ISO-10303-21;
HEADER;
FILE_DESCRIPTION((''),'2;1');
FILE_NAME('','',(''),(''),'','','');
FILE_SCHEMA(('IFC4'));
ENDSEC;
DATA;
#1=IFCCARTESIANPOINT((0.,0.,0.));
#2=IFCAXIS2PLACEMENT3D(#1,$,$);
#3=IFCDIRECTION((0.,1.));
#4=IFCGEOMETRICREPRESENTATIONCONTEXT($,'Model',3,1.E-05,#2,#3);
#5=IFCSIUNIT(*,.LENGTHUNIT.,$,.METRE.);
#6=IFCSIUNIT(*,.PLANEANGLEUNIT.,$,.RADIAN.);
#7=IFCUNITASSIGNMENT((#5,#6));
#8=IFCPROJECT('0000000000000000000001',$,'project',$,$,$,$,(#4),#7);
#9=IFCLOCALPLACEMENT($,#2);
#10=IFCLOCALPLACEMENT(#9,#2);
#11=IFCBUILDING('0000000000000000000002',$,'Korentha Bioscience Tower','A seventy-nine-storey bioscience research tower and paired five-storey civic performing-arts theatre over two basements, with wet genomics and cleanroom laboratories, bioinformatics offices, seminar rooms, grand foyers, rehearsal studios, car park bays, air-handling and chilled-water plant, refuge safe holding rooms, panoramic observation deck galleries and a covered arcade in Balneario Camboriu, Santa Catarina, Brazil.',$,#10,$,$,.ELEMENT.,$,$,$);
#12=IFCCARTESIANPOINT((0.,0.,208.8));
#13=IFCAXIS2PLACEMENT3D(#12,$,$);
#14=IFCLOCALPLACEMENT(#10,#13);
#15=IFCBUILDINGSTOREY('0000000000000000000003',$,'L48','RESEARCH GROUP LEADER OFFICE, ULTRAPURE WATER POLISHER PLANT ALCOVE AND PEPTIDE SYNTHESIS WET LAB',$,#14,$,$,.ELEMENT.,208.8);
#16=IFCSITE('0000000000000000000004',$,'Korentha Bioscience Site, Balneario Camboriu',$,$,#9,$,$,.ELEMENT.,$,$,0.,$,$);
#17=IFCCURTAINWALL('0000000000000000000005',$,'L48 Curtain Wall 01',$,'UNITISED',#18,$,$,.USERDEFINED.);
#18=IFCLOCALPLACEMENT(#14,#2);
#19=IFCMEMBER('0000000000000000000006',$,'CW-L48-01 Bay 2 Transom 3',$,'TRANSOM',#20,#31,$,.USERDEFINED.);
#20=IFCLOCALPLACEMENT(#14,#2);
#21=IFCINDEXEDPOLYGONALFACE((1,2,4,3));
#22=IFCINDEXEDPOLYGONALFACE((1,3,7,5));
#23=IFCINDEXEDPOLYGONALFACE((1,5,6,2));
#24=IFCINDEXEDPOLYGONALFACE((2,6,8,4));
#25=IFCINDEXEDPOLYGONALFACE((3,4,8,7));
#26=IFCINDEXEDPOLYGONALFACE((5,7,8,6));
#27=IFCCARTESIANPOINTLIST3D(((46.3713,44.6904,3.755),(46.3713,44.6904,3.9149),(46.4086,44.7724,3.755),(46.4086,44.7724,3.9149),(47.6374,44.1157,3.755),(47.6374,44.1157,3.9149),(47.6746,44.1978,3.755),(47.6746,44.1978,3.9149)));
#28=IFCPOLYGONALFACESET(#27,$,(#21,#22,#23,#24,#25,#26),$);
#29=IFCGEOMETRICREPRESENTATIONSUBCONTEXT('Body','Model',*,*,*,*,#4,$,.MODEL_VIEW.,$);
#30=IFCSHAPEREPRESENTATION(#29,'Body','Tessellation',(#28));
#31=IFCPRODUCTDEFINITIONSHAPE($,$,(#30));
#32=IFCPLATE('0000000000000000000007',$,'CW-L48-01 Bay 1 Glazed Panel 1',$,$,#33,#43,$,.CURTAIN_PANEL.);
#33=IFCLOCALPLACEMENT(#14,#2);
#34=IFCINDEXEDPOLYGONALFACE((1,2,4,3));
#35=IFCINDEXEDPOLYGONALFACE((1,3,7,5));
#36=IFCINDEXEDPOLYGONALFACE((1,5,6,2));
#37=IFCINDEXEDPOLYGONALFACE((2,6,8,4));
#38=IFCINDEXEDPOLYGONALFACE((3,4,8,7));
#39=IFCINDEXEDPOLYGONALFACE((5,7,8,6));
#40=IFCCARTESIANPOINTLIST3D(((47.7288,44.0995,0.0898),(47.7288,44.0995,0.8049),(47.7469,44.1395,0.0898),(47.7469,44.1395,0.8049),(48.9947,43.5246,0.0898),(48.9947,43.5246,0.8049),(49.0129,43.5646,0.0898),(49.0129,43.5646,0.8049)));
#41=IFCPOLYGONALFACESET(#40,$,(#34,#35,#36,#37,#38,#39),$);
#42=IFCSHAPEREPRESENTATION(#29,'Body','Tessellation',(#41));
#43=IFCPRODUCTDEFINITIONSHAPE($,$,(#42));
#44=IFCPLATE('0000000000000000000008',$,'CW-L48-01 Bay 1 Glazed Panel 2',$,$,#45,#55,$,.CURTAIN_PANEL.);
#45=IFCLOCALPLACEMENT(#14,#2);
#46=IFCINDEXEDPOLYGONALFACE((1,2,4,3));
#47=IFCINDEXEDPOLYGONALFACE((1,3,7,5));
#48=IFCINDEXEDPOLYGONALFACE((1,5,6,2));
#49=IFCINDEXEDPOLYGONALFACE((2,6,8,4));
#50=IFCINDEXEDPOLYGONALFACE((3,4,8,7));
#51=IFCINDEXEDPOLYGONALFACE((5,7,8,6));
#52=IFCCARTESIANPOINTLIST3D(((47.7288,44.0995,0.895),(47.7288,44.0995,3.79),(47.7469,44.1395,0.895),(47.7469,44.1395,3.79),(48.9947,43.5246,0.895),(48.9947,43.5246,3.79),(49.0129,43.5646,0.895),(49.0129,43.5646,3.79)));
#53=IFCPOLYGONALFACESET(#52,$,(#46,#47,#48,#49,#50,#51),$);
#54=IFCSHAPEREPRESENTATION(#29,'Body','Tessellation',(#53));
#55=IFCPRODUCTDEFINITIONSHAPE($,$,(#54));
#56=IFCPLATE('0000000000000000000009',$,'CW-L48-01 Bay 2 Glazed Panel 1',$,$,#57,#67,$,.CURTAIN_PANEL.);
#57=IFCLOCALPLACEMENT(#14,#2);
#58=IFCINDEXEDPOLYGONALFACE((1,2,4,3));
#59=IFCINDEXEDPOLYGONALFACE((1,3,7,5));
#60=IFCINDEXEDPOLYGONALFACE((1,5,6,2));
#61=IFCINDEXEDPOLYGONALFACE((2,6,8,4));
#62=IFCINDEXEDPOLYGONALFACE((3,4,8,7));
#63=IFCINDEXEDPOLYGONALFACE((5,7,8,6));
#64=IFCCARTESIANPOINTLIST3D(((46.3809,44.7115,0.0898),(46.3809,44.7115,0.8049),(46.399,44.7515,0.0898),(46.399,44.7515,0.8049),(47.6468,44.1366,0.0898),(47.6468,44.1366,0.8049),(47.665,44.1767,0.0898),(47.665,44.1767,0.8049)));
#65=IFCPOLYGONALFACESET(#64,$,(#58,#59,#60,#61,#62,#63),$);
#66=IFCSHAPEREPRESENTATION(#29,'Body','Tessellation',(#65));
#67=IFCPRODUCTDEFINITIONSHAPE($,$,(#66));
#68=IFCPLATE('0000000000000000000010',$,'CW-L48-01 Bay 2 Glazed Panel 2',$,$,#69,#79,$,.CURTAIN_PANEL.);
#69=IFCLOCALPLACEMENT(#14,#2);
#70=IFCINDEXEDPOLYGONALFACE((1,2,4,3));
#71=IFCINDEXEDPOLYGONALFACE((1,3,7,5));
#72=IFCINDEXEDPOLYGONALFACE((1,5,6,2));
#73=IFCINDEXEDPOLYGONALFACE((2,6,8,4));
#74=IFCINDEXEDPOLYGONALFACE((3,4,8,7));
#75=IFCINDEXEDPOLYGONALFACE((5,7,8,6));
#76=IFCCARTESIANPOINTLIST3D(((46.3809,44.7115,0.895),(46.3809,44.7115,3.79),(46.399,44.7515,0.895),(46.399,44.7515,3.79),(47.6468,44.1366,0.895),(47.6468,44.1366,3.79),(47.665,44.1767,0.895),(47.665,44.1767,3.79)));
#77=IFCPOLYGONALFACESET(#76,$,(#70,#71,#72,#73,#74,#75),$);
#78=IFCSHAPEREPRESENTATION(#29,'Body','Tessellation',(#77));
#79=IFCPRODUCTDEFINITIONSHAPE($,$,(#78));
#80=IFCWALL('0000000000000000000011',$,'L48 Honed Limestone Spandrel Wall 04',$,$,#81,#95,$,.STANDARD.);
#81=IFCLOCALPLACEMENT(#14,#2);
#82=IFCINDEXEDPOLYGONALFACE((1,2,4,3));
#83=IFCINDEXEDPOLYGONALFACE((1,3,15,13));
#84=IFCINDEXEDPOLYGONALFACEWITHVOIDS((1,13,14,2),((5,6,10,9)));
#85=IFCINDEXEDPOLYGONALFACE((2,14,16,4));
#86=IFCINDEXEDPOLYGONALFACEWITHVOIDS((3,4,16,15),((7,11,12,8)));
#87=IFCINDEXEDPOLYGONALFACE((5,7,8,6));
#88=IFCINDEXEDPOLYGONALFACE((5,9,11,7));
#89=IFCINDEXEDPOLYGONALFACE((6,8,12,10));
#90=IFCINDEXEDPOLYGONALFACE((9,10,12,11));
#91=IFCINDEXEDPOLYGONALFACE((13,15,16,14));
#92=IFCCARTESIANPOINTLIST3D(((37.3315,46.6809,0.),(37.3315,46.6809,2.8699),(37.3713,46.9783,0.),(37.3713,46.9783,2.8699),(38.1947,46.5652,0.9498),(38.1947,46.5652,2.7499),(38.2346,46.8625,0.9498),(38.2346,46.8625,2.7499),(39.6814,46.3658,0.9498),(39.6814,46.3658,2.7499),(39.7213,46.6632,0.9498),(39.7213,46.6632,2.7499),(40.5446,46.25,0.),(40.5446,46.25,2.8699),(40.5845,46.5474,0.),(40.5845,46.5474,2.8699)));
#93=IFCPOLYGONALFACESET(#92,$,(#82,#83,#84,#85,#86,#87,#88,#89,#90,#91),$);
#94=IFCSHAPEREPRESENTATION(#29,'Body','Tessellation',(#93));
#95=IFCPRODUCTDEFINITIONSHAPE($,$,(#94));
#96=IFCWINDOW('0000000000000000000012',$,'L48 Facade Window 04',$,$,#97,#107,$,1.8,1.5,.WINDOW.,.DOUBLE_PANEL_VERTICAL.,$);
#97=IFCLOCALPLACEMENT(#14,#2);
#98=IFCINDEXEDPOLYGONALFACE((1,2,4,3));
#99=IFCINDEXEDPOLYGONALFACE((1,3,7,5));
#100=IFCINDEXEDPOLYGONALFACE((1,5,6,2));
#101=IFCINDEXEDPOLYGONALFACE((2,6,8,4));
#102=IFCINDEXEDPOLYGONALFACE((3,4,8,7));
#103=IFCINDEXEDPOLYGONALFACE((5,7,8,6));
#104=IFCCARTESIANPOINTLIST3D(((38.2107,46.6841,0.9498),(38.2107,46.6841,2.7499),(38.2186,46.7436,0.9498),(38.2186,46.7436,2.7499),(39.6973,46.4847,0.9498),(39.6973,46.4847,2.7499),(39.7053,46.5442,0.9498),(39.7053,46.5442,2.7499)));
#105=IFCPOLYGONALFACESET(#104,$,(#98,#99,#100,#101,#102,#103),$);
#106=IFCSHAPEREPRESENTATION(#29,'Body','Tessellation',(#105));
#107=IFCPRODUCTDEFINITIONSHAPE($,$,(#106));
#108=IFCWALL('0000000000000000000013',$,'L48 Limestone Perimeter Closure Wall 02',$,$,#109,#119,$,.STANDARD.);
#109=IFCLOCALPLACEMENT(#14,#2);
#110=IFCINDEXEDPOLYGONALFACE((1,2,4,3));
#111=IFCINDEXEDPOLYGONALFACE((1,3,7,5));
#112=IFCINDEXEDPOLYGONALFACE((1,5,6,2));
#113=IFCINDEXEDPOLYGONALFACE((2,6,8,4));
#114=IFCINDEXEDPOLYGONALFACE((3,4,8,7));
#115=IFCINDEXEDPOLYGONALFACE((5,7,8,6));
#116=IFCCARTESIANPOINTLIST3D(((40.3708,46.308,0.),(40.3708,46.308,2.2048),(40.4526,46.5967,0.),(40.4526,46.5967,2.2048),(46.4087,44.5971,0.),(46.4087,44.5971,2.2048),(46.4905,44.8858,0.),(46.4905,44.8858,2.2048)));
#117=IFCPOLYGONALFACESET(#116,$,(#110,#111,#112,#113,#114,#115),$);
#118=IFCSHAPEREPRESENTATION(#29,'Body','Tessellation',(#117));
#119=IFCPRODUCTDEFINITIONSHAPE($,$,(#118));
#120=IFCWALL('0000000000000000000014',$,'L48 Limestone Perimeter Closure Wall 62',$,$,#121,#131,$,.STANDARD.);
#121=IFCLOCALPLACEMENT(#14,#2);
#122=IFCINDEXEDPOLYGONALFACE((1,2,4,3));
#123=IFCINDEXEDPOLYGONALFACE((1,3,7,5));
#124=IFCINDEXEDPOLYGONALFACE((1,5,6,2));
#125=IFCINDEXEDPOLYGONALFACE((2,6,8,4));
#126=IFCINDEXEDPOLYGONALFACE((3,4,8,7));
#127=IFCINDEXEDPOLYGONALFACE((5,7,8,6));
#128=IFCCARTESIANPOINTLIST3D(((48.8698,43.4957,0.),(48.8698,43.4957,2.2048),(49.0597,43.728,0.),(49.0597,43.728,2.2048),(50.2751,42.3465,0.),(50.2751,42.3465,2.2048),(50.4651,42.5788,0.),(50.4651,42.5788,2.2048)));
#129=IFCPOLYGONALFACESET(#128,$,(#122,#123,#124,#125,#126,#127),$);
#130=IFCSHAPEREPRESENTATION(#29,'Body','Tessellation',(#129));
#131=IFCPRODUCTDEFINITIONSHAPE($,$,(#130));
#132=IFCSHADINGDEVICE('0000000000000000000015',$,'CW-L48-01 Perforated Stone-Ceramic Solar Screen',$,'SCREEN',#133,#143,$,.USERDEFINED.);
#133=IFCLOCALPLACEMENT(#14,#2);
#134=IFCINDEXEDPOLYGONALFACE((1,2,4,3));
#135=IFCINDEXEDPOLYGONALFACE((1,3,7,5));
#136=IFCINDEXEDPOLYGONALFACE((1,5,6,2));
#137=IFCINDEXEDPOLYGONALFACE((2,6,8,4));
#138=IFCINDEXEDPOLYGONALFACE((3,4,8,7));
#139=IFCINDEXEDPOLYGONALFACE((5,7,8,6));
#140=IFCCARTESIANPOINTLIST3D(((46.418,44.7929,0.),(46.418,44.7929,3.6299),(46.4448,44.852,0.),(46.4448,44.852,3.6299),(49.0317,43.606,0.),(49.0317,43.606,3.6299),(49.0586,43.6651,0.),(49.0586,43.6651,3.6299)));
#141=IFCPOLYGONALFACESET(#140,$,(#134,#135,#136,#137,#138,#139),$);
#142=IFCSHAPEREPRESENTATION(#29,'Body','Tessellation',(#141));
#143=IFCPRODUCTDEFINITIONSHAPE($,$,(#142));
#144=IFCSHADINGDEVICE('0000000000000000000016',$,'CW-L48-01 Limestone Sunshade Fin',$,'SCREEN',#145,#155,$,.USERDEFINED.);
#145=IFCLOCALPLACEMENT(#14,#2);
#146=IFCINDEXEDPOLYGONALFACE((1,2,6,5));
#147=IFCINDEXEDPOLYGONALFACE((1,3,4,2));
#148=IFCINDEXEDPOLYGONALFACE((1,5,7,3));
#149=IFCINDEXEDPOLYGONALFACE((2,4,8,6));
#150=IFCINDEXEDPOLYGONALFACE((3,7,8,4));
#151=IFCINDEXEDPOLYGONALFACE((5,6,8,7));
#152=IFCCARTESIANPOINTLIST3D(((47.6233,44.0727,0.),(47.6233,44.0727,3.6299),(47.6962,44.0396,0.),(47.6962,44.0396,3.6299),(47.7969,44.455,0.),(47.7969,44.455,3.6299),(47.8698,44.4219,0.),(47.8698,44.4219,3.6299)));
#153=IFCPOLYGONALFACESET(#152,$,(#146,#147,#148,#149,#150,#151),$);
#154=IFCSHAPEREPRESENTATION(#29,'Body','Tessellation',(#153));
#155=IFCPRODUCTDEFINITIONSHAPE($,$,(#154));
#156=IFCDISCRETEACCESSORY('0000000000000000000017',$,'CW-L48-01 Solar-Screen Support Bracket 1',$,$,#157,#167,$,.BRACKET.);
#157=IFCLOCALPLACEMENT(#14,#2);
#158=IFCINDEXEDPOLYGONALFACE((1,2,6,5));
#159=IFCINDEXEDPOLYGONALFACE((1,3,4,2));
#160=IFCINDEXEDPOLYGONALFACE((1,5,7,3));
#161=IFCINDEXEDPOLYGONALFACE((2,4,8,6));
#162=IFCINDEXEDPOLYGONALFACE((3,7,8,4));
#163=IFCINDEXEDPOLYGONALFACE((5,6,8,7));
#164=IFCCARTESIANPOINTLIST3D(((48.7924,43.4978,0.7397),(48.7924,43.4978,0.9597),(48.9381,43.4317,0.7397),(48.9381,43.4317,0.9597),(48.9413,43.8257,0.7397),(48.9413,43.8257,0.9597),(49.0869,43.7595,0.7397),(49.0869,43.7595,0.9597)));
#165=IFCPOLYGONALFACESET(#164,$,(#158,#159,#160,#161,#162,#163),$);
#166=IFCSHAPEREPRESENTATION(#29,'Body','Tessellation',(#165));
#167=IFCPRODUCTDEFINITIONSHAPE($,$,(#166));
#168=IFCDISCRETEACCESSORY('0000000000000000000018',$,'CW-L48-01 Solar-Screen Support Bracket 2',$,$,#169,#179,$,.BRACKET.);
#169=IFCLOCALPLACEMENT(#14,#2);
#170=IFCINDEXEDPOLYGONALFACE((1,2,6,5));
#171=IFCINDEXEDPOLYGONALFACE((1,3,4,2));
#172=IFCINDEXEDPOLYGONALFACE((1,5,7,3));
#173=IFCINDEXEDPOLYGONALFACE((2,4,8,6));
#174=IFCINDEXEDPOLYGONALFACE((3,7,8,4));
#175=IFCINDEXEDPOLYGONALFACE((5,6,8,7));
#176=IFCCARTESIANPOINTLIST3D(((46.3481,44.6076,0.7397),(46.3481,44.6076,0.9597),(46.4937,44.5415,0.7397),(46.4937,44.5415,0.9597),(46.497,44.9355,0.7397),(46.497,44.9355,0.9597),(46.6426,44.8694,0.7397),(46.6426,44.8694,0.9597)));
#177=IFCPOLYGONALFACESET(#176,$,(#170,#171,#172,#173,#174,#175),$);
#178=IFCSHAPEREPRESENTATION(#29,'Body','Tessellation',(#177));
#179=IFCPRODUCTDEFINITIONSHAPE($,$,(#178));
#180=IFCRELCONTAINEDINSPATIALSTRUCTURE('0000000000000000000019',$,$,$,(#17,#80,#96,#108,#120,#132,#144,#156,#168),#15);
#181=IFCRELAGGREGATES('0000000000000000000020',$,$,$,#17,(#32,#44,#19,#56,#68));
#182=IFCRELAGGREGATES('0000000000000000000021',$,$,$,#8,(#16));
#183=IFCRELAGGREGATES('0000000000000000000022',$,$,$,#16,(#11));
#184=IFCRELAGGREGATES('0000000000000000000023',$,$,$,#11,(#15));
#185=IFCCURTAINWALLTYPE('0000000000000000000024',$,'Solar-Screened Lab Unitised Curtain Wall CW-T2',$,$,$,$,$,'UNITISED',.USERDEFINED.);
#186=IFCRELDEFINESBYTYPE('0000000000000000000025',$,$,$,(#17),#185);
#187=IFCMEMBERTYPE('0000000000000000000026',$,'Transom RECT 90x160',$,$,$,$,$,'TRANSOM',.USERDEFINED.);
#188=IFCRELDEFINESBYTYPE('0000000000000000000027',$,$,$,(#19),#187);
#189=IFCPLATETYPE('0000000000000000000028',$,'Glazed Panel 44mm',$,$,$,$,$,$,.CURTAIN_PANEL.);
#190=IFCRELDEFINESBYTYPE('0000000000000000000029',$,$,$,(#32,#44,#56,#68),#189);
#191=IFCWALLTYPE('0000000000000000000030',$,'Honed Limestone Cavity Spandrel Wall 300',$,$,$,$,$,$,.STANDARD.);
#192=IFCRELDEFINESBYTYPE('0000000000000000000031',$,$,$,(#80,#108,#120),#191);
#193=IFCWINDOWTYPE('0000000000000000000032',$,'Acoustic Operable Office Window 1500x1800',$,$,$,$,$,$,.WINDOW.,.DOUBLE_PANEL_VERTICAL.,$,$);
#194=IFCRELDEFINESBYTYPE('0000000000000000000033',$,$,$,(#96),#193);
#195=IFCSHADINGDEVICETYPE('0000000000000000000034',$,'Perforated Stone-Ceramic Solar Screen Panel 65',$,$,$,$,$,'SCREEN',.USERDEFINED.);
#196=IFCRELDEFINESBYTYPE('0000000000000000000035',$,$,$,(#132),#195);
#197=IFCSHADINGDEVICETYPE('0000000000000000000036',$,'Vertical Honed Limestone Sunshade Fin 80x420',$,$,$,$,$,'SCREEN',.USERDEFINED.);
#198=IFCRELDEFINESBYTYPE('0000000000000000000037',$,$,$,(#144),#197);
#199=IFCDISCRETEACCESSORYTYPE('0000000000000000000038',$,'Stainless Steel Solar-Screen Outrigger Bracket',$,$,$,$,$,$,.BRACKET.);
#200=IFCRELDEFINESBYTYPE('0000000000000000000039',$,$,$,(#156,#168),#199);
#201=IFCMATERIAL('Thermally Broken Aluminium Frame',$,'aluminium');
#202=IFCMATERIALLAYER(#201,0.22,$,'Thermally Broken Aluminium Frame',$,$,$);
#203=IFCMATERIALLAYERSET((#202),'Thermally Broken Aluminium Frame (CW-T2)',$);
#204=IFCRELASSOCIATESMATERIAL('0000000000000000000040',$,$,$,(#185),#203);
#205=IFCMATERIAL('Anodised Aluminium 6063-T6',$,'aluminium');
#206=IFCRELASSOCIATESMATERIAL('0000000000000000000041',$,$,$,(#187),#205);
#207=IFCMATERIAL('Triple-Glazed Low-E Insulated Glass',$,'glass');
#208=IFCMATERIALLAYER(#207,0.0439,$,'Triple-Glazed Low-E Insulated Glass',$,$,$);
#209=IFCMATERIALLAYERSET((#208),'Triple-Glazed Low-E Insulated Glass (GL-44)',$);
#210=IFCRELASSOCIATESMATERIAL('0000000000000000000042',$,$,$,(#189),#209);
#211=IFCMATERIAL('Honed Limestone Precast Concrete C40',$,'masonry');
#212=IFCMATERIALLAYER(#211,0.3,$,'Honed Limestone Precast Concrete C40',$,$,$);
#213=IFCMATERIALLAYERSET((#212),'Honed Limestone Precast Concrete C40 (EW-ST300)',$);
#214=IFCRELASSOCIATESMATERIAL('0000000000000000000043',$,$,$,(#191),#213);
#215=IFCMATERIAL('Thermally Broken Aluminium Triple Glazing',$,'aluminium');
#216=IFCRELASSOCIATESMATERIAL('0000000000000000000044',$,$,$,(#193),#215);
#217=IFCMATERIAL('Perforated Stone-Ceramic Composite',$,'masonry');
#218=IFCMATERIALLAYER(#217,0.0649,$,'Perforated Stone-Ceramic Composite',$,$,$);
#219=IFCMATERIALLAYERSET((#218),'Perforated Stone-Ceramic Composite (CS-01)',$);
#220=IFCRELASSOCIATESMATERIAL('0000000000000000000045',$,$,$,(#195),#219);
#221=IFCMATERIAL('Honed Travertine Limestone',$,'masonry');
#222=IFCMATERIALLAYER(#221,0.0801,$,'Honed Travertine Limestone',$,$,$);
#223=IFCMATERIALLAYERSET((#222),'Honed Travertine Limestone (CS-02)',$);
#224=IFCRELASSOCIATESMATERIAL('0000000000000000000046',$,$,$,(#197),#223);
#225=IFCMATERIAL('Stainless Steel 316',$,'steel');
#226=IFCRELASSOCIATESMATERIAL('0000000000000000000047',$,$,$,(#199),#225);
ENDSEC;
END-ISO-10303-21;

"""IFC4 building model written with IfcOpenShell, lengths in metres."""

from ifc_helpers import new_model, si_unit, direction, frame, frame_2d, origin, origin_2d, place, context, subcontext, project, spatial, rectangle, extrude, material, layer, layer_set, material_profile, profile_set, type_object, element, fill, aggregate, save


model = new_model("IFC4")

# Units and contexts
model_context = context("Model", 3, precision=1e-05, world=origin(), true_north=direction((0.0, 1.0)))
body_context = subcontext(model_context, "Body", "Model", "MODEL_VIEW")
ifc_project = project(units=[si_unit("LENGTHUNIT", "METRE"), si_unit("PLANEANGLEUNIT", "RADIAN")], contexts=[model_context])

# Site, building, storey
site_placement = place(None, origin())
site = spatial("IfcSite", under=ifc_project, at=site_placement, Name="Korentha Bioscience Site, Balneario Camboriu", CompositionType="ELEMENT", RefElevation=0.0)
building_placement = place(site_placement, origin())
building = spatial("IfcBuilding", under=site, at=building_placement, Name="Korentha Bioscience Tower", Description="A seventy-nine-storey bioscience research tower and paired five-storey civic performing-arts theatre over two basements, with wet genomics and cleanroom laboratories, bioinformatics offices, seminar rooms, grand foyers, rehearsal studios, car park bays, air-handling and chilled-water plant, refuge safe holding rooms, panoramic observation deck galleries and a covered arcade in Balneario Camboriu, Santa Catarina, Brazil.", CompositionType="ELEMENT")
storey_placement = place(building_placement, frame((0.0, 0.0, 208.8)))
storey = spatial("IfcBuildingStorey", under=building, at=storey_placement, Name="L48", Description="RESEARCH GROUP LEADER OFFICE, ULTRAPURE WATER POLISHER PLANT ALCOVE AND PEPTIDE SYNTHESIS WET LAB", CompositionType="ELEMENT", Elevation=208.8)

# Curtain wall
ifc_material_1 = material(Name="Thermally Broken Aluminium Frame", Category="aluminium")
ifc_layer_1 = layer(ifc_material_1, 0.22, Name="Thermally Broken Aluminium Frame")
ifc_layer_set_1 = layer_set([ifc_layer_1], Name="Thermally Broken Aluminium Frame (CW-T2)")
curtain_wall_type = type_object("IfcCurtainWallType", Name="Solar-Screened Lab Unitised Curtain Wall CW-T2", ElementType="UNITISED", PredefinedType="USERDEFINED", material=ifc_layer_set_1)
curtain_wall_1_placement = place(storey_placement, origin())
curtain_wall_1 = element("IfcCurtainWall", 1, at=curtain_wall_1_placement, inside=storey, type_object=curtain_wall_type, Name="L48 Curtain Wall 01", ObjectType="UNITISED", PredefinedType="USERDEFINED")
ifc_material_2 = material(Name="Anodised Aluminium 6063-T6", Category="aluminium")

# Member
ifc_material_profile_1 = material_profile(ifc_material_2, rectangle(XDim=0.0901, YDim=0.1599, at=origin_2d()), Name="Anodised Aluminium 6063-T6")
ifc_profile_set_1 = profile_set([ifc_material_profile_1], Name="Anodised Aluminium 6063-T6 (CW-TRN)")
member_type_1 = type_object("IfcMemberType", Name="Transom RECT 90x160", ElementType="TRANSOM", PredefinedType="USERDEFINED", material=ifc_profile_set_1)
member_1_placement = place(storey_placement, frame((47.656, 44.1567, 3.835), z_axis=(-0.910583, 0.413327, 0.0), x_axis=(-0.413327, -0.910583, 0.0)))
member_1 = element("IfcMember", 2, at=member_1_placement, type_object=member_type_1, Name="CW-L48-01 Bay 2 Transom 3", ObjectType="TRANSOM", PredefinedType="USERDEFINED", context=body_context, shape_type="SweptSolid", body=[
    extrude(rectangle(XDim=0.0901, YDim=0.1599, at=origin_2d()), origin(), (0.0, 0.0, 1.0), 1.3904),
])

# Plates
ifc_material_3 = material(Name="Triple-Glazed Low-E Insulated Glass", Category="glass")
ifc_layer_2 = layer(ifc_material_3, 0.0439, Name="Triple-Glazed Low-E Insulated Glass")
ifc_layer_set_2 = layer_set([ifc_layer_2], Name="Triple-Glazed Low-E Insulated Glass (GL-44)")
plate_type = type_object("IfcPlateType", Name="Glazed Panel 44mm", PredefinedType="CURTAIN_PANEL", material=ifc_layer_set_2)
plate_1_placement = place(storey_placement, frame((48.3708, 43.832, 0.0898), z_axis=(0.0, 0.0, 1.0), x_axis=(-0.91052, 0.413465, 0.0)))
plate_1 = element("IfcPlate", 3, at=plate_1_placement, type_object=plate_type, Name="CW-L48-01 Bay 1 Glazed Panel 1", PredefinedType="CURTAIN_PANEL", context=body_context, shape_type="SweptSolid", body=[
    extrude(rectangle(XDim=1.3904, YDim=0.0439, at=origin_2d()), origin(), (0.0, 0.0, 1.0), 0.7151),
])
plate_2_placement = place(storey_placement, frame((48.3708, 43.832, 0.895), z_axis=(0.0, 0.0, 1.0), x_axis=(-0.91052, 0.413465, 0.0)))
plate_2 = element("IfcPlate", 4, at=plate_2_placement, type_object=plate_type, Name="CW-L48-01 Bay 1 Glazed Panel 2", PredefinedType="CURTAIN_PANEL", context=body_context, shape_type="SweptSolid", body=[
    extrude(rectangle(XDim=1.3904, YDim=0.0439, at=origin_2d()), origin(), (0.0, 0.0, 1.0), 2.895),
])
plate_3_placement = place(storey_placement, frame((47.0229, 44.4441, 0.0898), z_axis=(0.0, 0.0, 1.0), x_axis=(-0.91052, 0.413465, 0.0)))
plate_3 = element("IfcPlate", 5, at=plate_3_placement, type_object=plate_type, Name="CW-L48-01 Bay 2 Glazed Panel 1", PredefinedType="CURTAIN_PANEL", context=body_context, shape_type="SweptSolid", body=[
    extrude(rectangle(XDim=1.3904, YDim=0.0439, at=origin_2d()), origin(), (0.0, 0.0, 1.0), 0.7151),
])
plate_4_placement = place(storey_placement, frame((47.0229, 44.4441, 0.895), z_axis=(0.0, 0.0, 1.0), x_axis=(-0.91052, 0.413465, 0.0)))
plate_4 = element("IfcPlate", 6, at=plate_4_placement, type_object=plate_type, Name="CW-L48-01 Bay 2 Glazed Panel 2", PredefinedType="CURTAIN_PANEL", context=body_context, shape_type="SweptSolid", body=[
    extrude(rectangle(XDim=1.3904, YDim=0.0439, at=origin_2d()), origin(), (0.0, 0.0, 1.0), 2.895),
])
aggregate(curtain_wall_1, [plate_1, plate_2, member_1, plate_3, plate_4])

# Wall, opening, window
ifc_material_4 = material(Name="Honed Limestone Precast Concrete C40", Category="masonry")
ifc_layer_3 = layer(ifc_material_4, 0.3, Name="Honed Limestone Precast Concrete C40")
ifc_layer_set_3 = layer_set([ifc_layer_3], Name="Honed Limestone Precast Concrete C40 (EW-ST300)")
wall_type = type_object("IfcWallType", Name="Honed Limestone Cavity Spandrel Wall 300", PredefinedType="STANDARD", material=ifc_layer_set_3)
wall_1_placement = place(storey_placement, frame((40.5647, 46.3987, 0.0), z_axis=(0.0, 0.0, 1.0), x_axis=(-0.991127, 0.132918, 0.0)))
wall_1 = element("IfcWall", 7, at=wall_1_placement, inside=storey, type_object=wall_type, Name="L48 Honed Limestone Spandrel Wall 04", PredefinedType="STANDARD", context=body_context, shape_type="SweptSolid", body=[
    extrude(rectangle(XDim=3.2419, YDim=0.3, at=frame_2d((1.6211, 0.0))), origin(), (0.0, 0.0, 1.0), 2.8699),
])
opening_placement = place(wall_1_placement, frame((0.8711, 0.0, 0.95)))
opening = element("IfcOpeningElement", 8, at=opening_placement, cuts=wall_1, PredefinedType="OPENING", context=body_context, shape_type="SweptSolid", body=[
    extrude(rectangle(XDim=1.5, YDim=1.8, at=frame_2d((0.75, 0.8999))), frame((0.0, 0.165, 0.0), z_axis=(0.0, -1.0, 0.0), x_axis=(1.0, 0.0, 0.0)), (0.0, 0.0, 1.0), 0.3298),
])
ifc_material_5 = material(Name="Thermally Broken Aluminium Triple Glazing", Category="aluminium")
window_type = type_object("IfcWindowType", Name="Acoustic Operable Office Window 1500x1800", PartitioningType="DOUBLE_PANEL_VERTICAL", PredefinedType="WINDOW", material=ifc_material_5)
window_placement = place(opening_placement, origin())
window = element("IfcWindow", 9, at=window_placement, inside=storey, type_object=window_type, Name="L48 Facade Window 04", OverallHeight=1.8, OverallWidth=1.5, PartitioningType="DOUBLE_PANEL_VERTICAL", PredefinedType="WINDOW", context=body_context, shape_type="SweptSolid", body=[
    extrude(rectangle(XDim=1.5, YDim=1.8, at=frame_2d((0.75, 0.8999))), frame((0.0, 0.03, 0.0), z_axis=(0.0, -1.0, 0.0), x_axis=(1.0, 0.0, 0.0)), (0.0, 0.0, 1.0), 0.0601),
])
fill(opening, window)

# Walls
wall_2_placement = place(storey_placement, frame((46.4495, 44.7415, 0.0), z_axis=(0.0, 0.0, 1.0), x_axis=(-0.962118, 0.272634, 0.0)))
element("IfcWall", 10, at=wall_2_placement, inside=storey, type_object=wall_type, Name="L48 Limestone Perimeter Closure Wall 02", PredefinedType="STANDARD", context=body_context, shape_type="SweptSolid", body=[
    extrude(rectangle(XDim=6.2756, YDim=0.3, at=frame_2d((3.1377, 0.0))), origin(), (0.0, 0.0, 1.0), 2.2048),
])
wall_3_placement = place(storey_placement, frame((50.3701, 42.4626, 0.0), z_axis=(0.0, 0.0, 1.0), x_axis=(-0.774119, 0.63304, 0.0)))
element("IfcWall", 11, at=wall_3_placement, inside=storey, type_object=wall_type, Name="L48 Limestone Perimeter Closure Wall 62", PredefinedType="STANDARD", context=body_context, shape_type="SweptSolid", body=[
    extrude(rectangle(XDim=1.8154, YDim=0.3, at=frame_2d((0.9077, 0.0))), origin(), (0.0, 0.0, 1.0), 2.2048),
])

# Shading devices
ifc_material_6 = material(Name="Perforated Stone-Ceramic Composite", Category="masonry")
ifc_layer_4 = layer(ifc_material_6, 0.0649, Name="Perforated Stone-Ceramic Composite")
ifc_layer_set_4 = layer_set([ifc_layer_4], Name="Perforated Stone-Ceramic Composite (CS-01)")
shading_device_type_1 = type_object("IfcShadingDeviceType", Name="Perforated Stone-Ceramic Solar Screen Panel 65", ElementType="SCREEN", PredefinedType="USERDEFINED", material=ifc_layer_set_4)
shading_device_1_placement = place(storey_placement, frame((47.7383, 44.229, 0.0), z_axis=(0.0, 0.0, 1.0), x_axis=(-0.91052, 0.413465, 0.0)))
element("IfcShadingDevice", 12, at=shading_device_1_placement, inside=storey, type_object=shading_device_type_1, Name="CW-L48-01 Perforated Stone-Ceramic Solar Screen", ObjectType="SCREEN", PredefinedType="USERDEFINED", context=body_context, shape_type="SweptSolid", body=[
    extrude(rectangle(XDim=2.8706, YDim=0.0649, at=origin_2d()), origin(), (0.0, 0.0, 1.0), 3.6299),
])
ifc_material_7 = material(Name="Honed Travertine Limestone", Category="masonry")
ifc_layer_5 = layer(ifc_material_7, 0.0801, Name="Honed Travertine Limestone")
ifc_layer_set_5 = layer_set([ifc_layer_5], Name="Honed Travertine Limestone (CS-02)")
shading_device_type_2 = type_object("IfcShadingDeviceType", Name="Vertical Honed Limestone Sunshade Fin 80x420", ElementType="SCREEN", PredefinedType="USERDEFINED", material=ifc_layer_set_5)
shading_device_2_placement = place(storey_placement, frame((47.7466, 44.2473, 0.0), z_axis=(0.0, 0.0, 1.0), x_axis=(-0.91052, 0.413465, 0.0)))
element("IfcShadingDevice", 13, at=shading_device_2_placement, inside=storey, type_object=shading_device_type_2, Name="CW-L48-01 Limestone Sunshade Fin", ObjectType="SCREEN", PredefinedType="USERDEFINED", context=body_context, shape_type="SweptSolid", body=[
    extrude(rectangle(XDim=0.0801, YDim=0.4199, at=origin_2d()), origin(), (0.0, 0.0, 1.0), 3.6299),
])

# Discrete accessories
ifc_material_8 = material(Name="Stainless Steel 316", Category="steel")
discrete_accessory_type = type_object("IfcDiscreteAccessoryType", Name="Stainless Steel Solar-Screen Outrigger Bracket", PredefinedType="BRACKET", material=ifc_material_8)
for number, where, z_axis, x_axis, name in (
    (14, (48.9397, 43.6287, 0.7397), (0.0, 0.0, 1.0), (-0.91052, 0.413465, 0.0), "CW-L48-01 Solar-Screen Support Bracket 1"),
    (15, (46.4954, 44.7385, 0.7397), (0.0, 0.0, 1.0), (-0.91052, 0.413465, 0.0), "CW-L48-01 Solar-Screen Support Bracket 2"),
):
    element("IfcDiscreteAccessory", number, at=place(storey_placement, frame(where, z_axis=z_axis, x_axis=x_axis)), inside=storey, type_object=discrete_accessory_type, Name=name, PredefinedType="BRACKET", context=body_context, shape_type="SweptSolid", body=[
        extrude(rectangle(XDim=0.1599, YDim=0.3601, at=origin_2d()), origin(), (0.0, 0.0, 1.0), 0.22),
    ])

save(model, "model.ifc")
